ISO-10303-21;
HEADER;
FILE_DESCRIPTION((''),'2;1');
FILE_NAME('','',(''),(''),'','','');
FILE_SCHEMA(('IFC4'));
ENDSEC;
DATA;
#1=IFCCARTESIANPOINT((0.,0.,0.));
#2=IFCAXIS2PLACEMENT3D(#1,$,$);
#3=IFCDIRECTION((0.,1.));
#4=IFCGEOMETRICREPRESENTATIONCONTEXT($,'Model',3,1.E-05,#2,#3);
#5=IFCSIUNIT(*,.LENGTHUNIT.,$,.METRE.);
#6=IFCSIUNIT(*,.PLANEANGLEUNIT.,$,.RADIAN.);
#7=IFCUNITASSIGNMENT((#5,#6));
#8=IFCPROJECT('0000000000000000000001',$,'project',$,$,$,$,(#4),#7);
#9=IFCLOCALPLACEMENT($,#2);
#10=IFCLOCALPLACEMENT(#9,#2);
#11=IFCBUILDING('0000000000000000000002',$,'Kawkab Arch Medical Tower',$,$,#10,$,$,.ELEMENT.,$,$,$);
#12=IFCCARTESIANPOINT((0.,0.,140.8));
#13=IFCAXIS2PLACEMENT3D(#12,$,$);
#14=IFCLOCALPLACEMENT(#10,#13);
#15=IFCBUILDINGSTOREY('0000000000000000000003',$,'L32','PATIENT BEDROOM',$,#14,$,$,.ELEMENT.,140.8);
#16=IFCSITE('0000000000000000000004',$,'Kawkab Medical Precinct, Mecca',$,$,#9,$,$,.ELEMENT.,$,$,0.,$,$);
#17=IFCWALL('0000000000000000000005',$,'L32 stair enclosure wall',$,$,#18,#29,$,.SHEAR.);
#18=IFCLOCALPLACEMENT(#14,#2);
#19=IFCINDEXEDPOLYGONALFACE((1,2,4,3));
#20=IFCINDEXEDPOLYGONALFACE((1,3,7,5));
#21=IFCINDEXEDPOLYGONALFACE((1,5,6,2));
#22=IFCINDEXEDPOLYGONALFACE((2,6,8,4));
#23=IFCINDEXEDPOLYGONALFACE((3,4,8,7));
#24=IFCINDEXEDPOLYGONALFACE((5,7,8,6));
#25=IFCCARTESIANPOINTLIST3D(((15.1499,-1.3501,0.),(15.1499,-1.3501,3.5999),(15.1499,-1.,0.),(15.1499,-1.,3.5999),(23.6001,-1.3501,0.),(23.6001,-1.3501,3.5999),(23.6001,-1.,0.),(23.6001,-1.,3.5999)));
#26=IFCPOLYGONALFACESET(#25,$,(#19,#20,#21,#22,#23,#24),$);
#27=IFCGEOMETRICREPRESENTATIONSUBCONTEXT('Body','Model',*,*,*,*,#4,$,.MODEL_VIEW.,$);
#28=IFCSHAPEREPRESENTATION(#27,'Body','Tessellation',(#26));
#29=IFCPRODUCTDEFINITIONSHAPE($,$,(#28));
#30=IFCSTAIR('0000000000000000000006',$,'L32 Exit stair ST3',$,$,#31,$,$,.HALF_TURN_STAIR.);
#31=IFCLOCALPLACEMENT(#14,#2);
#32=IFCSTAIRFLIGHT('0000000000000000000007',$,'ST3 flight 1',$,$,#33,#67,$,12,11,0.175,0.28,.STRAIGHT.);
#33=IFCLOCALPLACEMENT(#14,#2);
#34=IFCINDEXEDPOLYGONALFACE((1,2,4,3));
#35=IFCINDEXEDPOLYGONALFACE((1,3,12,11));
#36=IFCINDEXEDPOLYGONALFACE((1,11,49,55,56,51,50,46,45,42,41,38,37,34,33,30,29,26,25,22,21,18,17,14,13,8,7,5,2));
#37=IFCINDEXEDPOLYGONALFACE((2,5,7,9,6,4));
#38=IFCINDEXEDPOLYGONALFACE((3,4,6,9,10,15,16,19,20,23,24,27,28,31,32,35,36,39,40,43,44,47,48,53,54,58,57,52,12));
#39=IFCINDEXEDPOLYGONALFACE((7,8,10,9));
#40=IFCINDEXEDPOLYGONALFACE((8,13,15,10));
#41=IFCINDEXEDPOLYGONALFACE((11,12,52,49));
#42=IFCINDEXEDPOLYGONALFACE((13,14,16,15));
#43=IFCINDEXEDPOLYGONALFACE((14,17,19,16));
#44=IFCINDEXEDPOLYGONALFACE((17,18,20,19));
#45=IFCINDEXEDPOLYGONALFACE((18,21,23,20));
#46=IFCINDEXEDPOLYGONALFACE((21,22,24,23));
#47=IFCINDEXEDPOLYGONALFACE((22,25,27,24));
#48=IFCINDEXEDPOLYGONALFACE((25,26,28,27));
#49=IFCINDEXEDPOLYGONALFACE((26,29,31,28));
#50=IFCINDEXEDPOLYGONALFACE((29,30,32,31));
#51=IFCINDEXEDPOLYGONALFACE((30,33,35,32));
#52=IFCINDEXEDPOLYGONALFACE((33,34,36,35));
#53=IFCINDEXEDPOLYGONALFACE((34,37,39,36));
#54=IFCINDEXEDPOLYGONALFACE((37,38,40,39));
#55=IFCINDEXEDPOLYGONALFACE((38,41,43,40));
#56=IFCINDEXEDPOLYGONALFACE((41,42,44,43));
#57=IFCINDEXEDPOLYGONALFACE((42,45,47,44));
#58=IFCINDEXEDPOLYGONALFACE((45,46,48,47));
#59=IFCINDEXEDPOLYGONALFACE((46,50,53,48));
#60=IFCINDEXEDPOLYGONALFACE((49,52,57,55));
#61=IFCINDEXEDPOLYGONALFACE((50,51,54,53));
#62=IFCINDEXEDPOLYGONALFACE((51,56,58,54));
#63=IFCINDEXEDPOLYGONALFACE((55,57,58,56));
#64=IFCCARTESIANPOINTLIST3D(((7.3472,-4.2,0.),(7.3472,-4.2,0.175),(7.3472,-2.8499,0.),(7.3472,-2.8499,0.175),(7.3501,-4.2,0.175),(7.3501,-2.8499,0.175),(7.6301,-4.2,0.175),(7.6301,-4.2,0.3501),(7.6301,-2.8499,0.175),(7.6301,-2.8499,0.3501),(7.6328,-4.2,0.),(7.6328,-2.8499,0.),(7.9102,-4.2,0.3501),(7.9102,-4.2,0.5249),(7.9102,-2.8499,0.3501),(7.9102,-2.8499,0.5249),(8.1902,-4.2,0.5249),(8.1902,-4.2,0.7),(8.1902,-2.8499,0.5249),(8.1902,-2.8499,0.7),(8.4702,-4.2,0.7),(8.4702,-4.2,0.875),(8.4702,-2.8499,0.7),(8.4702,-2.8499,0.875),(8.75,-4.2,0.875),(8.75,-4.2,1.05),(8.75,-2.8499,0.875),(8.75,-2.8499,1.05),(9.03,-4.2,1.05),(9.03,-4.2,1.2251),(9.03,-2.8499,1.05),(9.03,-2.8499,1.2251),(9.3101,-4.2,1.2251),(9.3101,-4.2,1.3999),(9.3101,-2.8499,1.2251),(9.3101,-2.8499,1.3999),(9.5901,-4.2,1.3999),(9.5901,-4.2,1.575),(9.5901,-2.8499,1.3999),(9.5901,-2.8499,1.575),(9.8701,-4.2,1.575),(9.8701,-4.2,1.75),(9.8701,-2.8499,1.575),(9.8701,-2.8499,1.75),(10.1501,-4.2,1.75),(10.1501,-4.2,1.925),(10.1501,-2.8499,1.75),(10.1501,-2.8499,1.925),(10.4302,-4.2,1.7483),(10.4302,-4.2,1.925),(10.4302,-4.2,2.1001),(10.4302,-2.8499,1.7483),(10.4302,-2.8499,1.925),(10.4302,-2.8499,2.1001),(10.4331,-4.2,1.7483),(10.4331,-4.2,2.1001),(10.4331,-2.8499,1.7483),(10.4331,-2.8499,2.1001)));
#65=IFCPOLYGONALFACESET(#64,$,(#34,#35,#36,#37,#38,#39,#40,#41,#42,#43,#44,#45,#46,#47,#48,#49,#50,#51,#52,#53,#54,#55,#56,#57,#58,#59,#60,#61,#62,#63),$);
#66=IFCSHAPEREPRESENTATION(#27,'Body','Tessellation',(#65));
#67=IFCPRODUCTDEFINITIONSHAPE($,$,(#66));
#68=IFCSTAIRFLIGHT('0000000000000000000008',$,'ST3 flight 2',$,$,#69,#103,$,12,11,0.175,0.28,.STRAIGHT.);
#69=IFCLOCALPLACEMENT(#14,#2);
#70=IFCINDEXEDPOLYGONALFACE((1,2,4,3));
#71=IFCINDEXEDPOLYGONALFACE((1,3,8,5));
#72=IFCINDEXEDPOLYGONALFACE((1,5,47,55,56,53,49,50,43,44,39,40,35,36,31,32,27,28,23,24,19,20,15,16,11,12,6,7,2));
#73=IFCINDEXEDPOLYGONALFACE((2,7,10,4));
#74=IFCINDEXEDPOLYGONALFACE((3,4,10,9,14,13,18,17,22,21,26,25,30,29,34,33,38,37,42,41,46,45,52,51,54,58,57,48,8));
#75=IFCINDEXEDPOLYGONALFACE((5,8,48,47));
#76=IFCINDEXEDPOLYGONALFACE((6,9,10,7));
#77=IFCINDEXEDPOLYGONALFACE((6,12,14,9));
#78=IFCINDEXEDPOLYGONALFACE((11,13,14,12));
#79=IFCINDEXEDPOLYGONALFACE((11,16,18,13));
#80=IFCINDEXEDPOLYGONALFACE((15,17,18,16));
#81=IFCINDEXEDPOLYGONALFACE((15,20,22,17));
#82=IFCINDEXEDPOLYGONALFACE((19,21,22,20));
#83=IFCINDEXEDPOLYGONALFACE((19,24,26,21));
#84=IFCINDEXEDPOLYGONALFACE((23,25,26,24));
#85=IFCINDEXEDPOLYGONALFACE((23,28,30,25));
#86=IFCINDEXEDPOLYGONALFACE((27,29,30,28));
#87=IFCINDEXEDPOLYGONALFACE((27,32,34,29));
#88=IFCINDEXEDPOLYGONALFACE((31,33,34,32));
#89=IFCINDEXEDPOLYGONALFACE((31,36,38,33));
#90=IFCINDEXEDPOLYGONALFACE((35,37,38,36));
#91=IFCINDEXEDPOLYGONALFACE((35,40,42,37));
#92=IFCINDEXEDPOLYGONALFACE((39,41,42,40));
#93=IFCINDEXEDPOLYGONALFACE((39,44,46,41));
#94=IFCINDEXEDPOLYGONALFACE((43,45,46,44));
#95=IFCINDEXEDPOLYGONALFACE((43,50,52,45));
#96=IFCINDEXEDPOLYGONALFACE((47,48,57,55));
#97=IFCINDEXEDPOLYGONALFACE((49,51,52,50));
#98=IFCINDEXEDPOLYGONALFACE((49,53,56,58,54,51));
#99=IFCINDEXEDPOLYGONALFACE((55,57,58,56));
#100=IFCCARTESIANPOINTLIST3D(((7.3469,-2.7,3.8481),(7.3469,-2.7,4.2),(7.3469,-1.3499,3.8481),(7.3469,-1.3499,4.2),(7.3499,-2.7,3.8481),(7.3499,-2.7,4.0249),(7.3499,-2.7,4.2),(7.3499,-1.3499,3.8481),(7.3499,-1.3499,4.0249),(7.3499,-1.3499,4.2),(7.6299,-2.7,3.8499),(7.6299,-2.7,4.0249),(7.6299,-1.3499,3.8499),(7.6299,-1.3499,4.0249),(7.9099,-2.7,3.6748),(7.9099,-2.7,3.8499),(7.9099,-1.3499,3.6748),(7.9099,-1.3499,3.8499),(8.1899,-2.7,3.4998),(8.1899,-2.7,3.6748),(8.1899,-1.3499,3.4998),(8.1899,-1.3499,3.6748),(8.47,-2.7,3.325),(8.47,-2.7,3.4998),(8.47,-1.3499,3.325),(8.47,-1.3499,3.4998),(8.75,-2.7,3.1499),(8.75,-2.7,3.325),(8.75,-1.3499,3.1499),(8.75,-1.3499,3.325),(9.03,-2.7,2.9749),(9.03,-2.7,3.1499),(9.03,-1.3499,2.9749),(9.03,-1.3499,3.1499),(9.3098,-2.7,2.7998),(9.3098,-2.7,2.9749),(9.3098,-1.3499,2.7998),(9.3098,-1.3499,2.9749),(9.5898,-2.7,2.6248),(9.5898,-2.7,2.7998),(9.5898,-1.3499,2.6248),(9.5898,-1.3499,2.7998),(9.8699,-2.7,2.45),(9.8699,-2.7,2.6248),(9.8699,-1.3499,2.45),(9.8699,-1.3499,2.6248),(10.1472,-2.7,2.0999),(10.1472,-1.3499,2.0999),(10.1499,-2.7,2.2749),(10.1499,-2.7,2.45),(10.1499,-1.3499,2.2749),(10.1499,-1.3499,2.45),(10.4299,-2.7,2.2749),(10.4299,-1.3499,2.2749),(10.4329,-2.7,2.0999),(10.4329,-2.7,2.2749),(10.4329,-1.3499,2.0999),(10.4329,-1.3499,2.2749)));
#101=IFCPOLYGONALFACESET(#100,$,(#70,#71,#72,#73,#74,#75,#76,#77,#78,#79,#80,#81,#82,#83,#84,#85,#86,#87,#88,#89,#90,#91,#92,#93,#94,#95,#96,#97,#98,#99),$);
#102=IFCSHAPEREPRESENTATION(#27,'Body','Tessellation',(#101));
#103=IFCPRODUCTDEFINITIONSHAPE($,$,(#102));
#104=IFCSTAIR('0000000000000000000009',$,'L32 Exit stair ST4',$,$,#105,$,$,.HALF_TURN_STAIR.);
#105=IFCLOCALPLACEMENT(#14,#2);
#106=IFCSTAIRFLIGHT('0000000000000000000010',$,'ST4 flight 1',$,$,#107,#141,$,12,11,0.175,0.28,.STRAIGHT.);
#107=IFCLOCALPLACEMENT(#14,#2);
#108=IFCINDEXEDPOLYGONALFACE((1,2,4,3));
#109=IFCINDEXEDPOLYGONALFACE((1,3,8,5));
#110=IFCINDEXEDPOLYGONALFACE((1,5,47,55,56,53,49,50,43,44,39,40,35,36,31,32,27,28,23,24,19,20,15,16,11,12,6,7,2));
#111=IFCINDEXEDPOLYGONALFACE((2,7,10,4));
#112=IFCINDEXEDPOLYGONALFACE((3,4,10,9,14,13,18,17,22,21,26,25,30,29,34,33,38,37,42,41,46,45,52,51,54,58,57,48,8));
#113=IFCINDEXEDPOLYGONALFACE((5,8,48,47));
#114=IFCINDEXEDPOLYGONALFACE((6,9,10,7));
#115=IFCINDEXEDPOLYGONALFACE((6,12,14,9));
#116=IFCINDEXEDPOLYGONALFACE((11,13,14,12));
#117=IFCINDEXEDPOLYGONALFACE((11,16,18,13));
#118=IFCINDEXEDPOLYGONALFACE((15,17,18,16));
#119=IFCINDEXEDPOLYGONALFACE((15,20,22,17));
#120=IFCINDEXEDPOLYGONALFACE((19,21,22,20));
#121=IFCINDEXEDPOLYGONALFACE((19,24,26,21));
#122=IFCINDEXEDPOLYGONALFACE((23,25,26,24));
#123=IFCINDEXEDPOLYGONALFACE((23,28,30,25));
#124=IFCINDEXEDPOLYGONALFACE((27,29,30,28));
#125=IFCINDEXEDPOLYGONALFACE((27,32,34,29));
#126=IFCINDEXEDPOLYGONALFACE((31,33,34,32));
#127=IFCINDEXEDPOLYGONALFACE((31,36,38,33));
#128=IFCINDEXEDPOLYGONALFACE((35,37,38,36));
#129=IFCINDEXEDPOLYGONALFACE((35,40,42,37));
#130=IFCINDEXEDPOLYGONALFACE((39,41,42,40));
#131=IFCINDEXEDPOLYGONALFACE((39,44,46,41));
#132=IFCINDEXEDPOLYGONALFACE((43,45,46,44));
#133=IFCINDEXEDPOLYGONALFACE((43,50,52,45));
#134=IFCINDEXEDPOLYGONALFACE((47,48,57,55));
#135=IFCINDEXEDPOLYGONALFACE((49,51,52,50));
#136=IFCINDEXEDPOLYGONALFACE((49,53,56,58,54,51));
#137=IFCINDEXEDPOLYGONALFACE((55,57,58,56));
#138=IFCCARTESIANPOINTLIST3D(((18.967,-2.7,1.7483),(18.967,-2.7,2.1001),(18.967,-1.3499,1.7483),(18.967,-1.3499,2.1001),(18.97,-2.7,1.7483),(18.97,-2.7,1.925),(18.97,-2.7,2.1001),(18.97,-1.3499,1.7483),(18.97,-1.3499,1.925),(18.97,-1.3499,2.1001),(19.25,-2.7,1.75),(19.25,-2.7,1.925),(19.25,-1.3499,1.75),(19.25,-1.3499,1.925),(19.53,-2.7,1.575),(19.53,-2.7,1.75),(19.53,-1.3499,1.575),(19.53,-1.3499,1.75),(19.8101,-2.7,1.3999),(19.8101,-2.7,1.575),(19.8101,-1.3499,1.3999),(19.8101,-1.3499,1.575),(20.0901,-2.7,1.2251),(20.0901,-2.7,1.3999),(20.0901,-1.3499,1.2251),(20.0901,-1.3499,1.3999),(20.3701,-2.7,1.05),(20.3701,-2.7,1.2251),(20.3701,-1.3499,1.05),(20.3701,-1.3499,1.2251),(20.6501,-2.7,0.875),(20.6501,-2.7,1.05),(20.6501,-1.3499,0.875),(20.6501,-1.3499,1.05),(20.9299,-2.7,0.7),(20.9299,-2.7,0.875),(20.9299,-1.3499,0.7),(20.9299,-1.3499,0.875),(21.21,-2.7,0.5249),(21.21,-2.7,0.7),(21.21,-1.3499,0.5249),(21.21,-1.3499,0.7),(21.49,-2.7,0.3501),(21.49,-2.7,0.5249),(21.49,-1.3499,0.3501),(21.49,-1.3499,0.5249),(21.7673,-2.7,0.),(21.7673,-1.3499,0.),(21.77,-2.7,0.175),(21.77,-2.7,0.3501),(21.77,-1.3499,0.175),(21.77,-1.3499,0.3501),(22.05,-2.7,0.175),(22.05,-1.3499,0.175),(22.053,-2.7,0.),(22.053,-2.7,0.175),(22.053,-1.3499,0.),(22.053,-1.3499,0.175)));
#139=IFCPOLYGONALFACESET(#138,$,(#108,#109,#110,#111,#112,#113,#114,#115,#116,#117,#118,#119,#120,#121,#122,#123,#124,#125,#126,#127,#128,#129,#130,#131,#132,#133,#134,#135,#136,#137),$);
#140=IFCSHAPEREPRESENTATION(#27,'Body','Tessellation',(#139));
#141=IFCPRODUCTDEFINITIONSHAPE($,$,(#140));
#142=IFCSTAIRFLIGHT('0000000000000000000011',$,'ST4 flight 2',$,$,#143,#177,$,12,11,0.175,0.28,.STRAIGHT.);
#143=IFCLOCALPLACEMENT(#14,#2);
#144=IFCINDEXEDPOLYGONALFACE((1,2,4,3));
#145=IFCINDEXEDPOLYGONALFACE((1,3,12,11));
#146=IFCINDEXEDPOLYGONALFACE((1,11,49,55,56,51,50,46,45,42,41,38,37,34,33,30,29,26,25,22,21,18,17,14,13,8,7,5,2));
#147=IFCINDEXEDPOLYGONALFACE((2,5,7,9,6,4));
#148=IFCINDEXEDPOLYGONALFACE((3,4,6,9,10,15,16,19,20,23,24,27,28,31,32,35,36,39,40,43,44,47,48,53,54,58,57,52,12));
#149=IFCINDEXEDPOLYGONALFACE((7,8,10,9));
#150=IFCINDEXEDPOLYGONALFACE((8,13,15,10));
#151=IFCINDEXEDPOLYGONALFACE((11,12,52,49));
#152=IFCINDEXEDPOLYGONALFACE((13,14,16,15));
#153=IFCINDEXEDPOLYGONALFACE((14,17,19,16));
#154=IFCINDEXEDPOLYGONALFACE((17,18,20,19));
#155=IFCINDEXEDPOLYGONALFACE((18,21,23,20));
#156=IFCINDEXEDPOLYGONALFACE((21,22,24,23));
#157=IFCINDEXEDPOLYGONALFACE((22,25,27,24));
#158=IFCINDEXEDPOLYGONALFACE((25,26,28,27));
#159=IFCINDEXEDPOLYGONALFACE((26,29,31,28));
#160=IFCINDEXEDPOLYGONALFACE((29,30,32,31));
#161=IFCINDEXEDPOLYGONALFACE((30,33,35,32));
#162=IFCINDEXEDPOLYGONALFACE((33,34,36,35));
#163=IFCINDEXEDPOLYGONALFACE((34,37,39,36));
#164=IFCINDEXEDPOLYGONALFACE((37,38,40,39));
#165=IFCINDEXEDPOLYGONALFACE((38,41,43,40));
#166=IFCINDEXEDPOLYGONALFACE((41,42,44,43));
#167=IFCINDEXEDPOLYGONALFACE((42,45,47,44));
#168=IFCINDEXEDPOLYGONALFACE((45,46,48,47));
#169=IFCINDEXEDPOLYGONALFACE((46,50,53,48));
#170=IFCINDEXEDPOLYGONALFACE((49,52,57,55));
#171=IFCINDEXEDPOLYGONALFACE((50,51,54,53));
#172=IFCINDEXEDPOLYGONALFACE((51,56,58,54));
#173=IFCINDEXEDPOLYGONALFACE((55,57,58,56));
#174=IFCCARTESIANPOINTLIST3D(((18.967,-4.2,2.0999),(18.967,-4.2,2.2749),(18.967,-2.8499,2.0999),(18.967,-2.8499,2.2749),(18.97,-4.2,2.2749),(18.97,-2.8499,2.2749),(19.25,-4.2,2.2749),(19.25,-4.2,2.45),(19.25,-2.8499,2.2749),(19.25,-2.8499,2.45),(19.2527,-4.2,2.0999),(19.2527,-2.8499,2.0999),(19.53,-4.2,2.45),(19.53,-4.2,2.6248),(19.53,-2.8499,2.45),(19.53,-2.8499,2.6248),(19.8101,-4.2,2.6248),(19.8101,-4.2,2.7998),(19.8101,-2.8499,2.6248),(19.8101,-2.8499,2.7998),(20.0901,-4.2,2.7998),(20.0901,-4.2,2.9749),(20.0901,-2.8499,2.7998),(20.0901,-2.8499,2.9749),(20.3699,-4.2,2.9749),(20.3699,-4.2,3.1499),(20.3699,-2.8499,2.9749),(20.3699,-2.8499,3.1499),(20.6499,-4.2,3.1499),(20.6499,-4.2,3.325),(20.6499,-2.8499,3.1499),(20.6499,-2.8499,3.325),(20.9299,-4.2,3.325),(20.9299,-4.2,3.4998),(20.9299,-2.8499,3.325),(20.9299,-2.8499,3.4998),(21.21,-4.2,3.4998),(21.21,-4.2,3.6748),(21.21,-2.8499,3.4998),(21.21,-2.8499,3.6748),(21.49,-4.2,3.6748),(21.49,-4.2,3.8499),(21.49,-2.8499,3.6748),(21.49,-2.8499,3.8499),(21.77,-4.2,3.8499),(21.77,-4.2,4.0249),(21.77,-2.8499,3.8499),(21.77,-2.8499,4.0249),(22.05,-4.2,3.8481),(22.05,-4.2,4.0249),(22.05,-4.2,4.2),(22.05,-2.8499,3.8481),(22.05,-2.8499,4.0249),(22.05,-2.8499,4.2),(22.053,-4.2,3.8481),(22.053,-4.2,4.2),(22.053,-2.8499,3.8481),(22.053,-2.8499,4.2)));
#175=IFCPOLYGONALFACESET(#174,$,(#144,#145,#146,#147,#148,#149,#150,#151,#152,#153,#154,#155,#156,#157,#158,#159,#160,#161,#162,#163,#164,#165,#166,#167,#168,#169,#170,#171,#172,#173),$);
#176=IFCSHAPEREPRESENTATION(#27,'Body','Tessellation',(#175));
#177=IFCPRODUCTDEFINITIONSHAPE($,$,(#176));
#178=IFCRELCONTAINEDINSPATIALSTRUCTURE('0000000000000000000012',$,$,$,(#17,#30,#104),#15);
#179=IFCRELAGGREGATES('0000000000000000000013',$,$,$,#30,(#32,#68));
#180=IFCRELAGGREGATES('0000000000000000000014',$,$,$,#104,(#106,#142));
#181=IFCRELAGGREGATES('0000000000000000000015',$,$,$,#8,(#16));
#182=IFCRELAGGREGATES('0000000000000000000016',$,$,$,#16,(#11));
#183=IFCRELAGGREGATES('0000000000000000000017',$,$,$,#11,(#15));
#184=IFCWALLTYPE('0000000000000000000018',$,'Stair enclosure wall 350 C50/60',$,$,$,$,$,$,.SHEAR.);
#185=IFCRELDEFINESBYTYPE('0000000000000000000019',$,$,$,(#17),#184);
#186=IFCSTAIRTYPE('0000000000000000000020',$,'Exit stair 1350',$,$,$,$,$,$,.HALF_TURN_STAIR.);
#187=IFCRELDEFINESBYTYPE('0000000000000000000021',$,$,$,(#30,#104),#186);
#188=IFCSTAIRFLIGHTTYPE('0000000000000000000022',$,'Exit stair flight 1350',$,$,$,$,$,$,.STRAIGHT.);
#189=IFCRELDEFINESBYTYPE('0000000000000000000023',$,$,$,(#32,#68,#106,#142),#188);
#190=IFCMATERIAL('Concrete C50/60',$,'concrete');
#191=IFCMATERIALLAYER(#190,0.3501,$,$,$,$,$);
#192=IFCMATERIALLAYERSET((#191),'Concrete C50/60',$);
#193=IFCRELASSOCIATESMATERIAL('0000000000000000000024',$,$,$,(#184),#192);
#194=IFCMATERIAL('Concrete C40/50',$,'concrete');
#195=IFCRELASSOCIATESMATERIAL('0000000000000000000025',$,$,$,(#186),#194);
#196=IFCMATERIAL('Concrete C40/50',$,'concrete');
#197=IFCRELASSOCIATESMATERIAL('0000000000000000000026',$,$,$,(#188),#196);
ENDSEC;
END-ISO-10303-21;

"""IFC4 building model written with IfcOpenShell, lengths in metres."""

from ifc_helpers import new_model, si_unit, direction, frame, frame_2d, origin, place, context, subcontext, project, spatial, polyline, rectangle, outline, extrude, material, layer, layer_set, type_object, element, aggregate, save


model = new_model("IFC4")

# Units and contexts
model_context = context("Model", 3, precision=1e-05, world=origin(), true_north=direction((0.0, 1.0)))
body_context = subcontext(model_context, "Body", "Model", "MODEL_VIEW")
ifc_project = project(units=[si_unit("LENGTHUNIT", "METRE"), si_unit("PLANEANGLEUNIT", "RADIAN")], contexts=[model_context])

# Site, building, storey
site_placement = place(None, origin())
site = spatial("IfcSite", under=ifc_project, at=site_placement, Name="Kawkab Medical Precinct, Mecca", CompositionType="ELEMENT", RefElevation=0.0)
building_placement = place(site_placement, origin())
building = spatial("IfcBuilding", under=site, at=building_placement, Name="Kawkab Arch Medical Tower", CompositionType="ELEMENT")
storey_placement = place(building_placement, frame((0.0, 0.0, 140.8)))
storey = spatial("IfcBuildingStorey", under=building, at=storey_placement, Name="L32", Description="PATIENT BEDROOM", CompositionType="ELEMENT", Elevation=140.8)

# Shared definitions
placement = place(storey_placement, origin())

# Wall
ifc_material_1 = material(Name="Concrete C50/60", Category="concrete")
ifc_layer_1 = layer(ifc_material_1, 0.3501)
ifc_layer_set_1 = layer_set([ifc_layer_1], Name="Concrete C50/60")
wall_type_1 = type_object("IfcWallType", Name="Stair enclosure wall 350 C50/60", PredefinedType="SHEAR", material=ifc_layer_set_1)
wall_1_placement = place(storey_placement, frame((15.1499, -1.175, 0.0), z_axis=(0.0, 0.0, 1.0), x_axis=(1.0, 0.0, 0.0)))
element("IfcWall", 1, at=wall_1_placement, inside=storey, type_object=wall_type_1, Name="L32 stair enclosure wall", PredefinedType="SHEAR", context=body_context, shape_type="SweptSolid", body=[
    extrude(rectangle(XDim=8.4502, YDim=0.3501, at=frame_2d((4.2251, 0.0))), origin(), (0.0, 0.0, 1.0), 3.5999),
])

# Stairs, stair flights
ifc_material_2 = material(Name="Concrete C40/50", Category="concrete")
stair_type = type_object("IfcStairType", Name="Exit stair 1350", PredefinedType="HALF_TURN_STAIR", material=ifc_material_2)
stair_1 = element("IfcStair", 2, at=placement, inside=storey, type_object=stair_type, Name="L32 Exit stair ST3", PredefinedType="HALF_TURN_STAIR")
ifc_material_3 = material(Name="Concrete C40/50", Category="concrete")
stair_flight_type = type_object("IfcStairFlightType", Name="Exit stair flight 1350", PredefinedType="STRAIGHT", material=ifc_material_3)
stair_flight_1_placement = place(storey_placement, frame((7.3501, -3.5249, 0.0), z_axis=(0.0, 0.0, 1.0), x_axis=(1.0, 0.0, 0.0)))
stair_flight_1 = element("IfcStairFlight", 3, at=stair_flight_1_placement, type_object=stair_flight_type, Name="ST3 flight 1", NumberOfRisers=12, NumberOfTreads=11, PredefinedType="STRAIGHT", RiserHeight=0.175, TreadLength=0.28, context=body_context, shape_type="SweptSolid", body=[
    extrude(outline(polyline([(-0.0029, 0.0), (-0.0029, 0.175), (0.0, 0.175), (0.28, 0.175), (0.28, 0.3501), (0.5601, 0.3501), (0.5601, 0.5249), (0.8401, 0.5249), (0.8401, 0.7), (1.1201, 0.7), (1.1201, 0.875), (1.3999, 0.875), (1.3999, 1.05), (1.6799, 1.05), (1.6799, 1.2251), (1.96, 1.2251), (1.96, 1.3999), (2.24, 1.3999), (2.24, 1.575), (2.52, 1.575), (2.52, 1.75), (2.8, 1.75), (2.8, 1.925), (3.0801, 1.925), (3.0801, 2.1001), (3.083, 2.1001), (3.083, 1.7483), (3.0801, 1.7483), (0.2827, 0.0), (-0.0029, 0.0)])), frame((0.0, 0.675, 0.0), z_axis=(0.0, -1.0, 0.0), x_axis=(1.0, 0.0, 0.0)), (0.0, 0.0, 1.0), 1.3501),
])
stair_flight_2_placement = place(storey_placement, frame((10.4299, -2.0249, 2.0999), z_axis=(0.0, 0.0, 1.0), x_axis=(-1.0, 0.0, 0.0)))
stair_flight_2 = element("IfcStairFlight", 4, at=stair_flight_2_placement, type_object=stair_flight_type, Name="ST3 flight 2", NumberOfRisers=12, NumberOfTreads=11, PredefinedType="STRAIGHT", RiserHeight=0.175, TreadLength=0.28, context=body_context, shape_type="SweptSolid", body=[
    extrude(outline(polyline([(-0.0029, 0.0), (-0.0029, 0.175), (0.0, 0.175), (0.28, 0.175), (0.28, 0.3501), (0.5601, 0.3501), (0.5601, 0.5249), (0.8401, 0.5249), (0.8401, 0.7), (1.1201, 0.7), (1.1201, 0.875), (1.3999, 0.875), (1.3999, 1.05), (1.6799, 1.05), (1.6799, 1.2251), (1.96, 1.2251), (1.96, 1.3999), (2.24, 1.3999), (2.24, 1.575), (2.52, 1.575), (2.52, 1.75), (2.8, 1.75), (2.8, 1.925), (3.0801, 1.925), (3.0801, 2.1001), (3.083, 2.1001), (3.083, 1.7483), (3.0801, 1.7483), (0.2827, 0.0), (-0.0029, 0.0)])), frame((0.0, 0.675, 0.0), z_axis=(0.0, -1.0, 0.0), x_axis=(1.0, 0.0, 0.0)), (0.0, 0.0, 1.0), 1.3501),
])
aggregate(stair_1, [stair_flight_1, stair_flight_2])
stair_2 = element("IfcStair", 5, at=placement, inside=storey, type_object=stair_type, Name="L32 Exit stair ST4", PredefinedType="HALF_TURN_STAIR")
stair_flight_3_placement = place(storey_placement, frame((22.05, -2.0249, 0.0), z_axis=(0.0, 0.0, 1.0), x_axis=(-1.0, 0.0, 0.0)))
stair_flight_3 = element("IfcStairFlight", 6, at=stair_flight_3_placement, type_object=stair_flight_type, Name="ST4 flight 1", NumberOfRisers=12, NumberOfTreads=11, PredefinedType="STRAIGHT", RiserHeight=0.175, TreadLength=0.28, context=body_context, shape_type="SweptSolid", body=[
    extrude(outline(polyline([(-0.0029, 0.0), (-0.0029, 0.175), (0.0, 0.175), (0.28, 0.175), (0.28, 0.3501), (0.5601, 0.3501), (0.5601, 0.5249), (0.8401, 0.5249), (0.8401, 0.7), (1.1201, 0.7), (1.1201, 0.875), (1.3999, 0.875), (1.3999, 1.05), (1.6799, 1.05), (1.6799, 1.2251), (1.96, 1.2251), (1.96, 1.3999), (2.24, 1.3999), (2.24, 1.575), (2.52, 1.575), (2.52, 1.75), (2.8, 1.75), (2.8, 1.925), (3.0801, 1.925), (3.0801, 2.1001), (3.083, 2.1001), (3.083, 1.7483), (3.0801, 1.7483), (0.2827, 0.0), (-0.0029, 0.0)])), frame((0.0, 0.675, 0.0), z_axis=(0.0, -1.0, 0.0), x_axis=(1.0, 0.0, 0.0)), (0.0, 0.0, 1.0), 1.3501),
])
stair_flight_4_placement = place(storey_placement, frame((18.97, -3.5249, 2.0999), z_axis=(0.0, 0.0, 1.0), x_axis=(1.0, 0.0, 0.0)))
stair_flight_4 = element("IfcStairFlight", 7, at=stair_flight_4_placement, type_object=stair_flight_type, Name="ST4 flight 2", NumberOfRisers=12, NumberOfTreads=11, PredefinedType="STRAIGHT", RiserHeight=0.175, TreadLength=0.28, context=body_context, shape_type="SweptSolid", body=[
    extrude(outline(polyline([(-0.0029, 0.0), (-0.0029, 0.175), (0.0, 0.175), (0.28, 0.175), (0.28, 0.3501), (0.5601, 0.3501), (0.5601, 0.5249), (0.8401, 0.5249), (0.8401, 0.7), (1.1201, 0.7), (1.1201, 0.875), (1.3999, 0.875), (1.3999, 1.05), (1.6799, 1.05), (1.6799, 1.2251), (1.96, 1.2251), (1.96, 1.3999), (2.24, 1.3999), (2.24, 1.575), (2.52, 1.575), (2.52, 1.75), (2.8, 1.75), (2.8, 1.925), (3.0801, 1.925), (3.0801, 2.1001), (3.083, 2.1001), (3.083, 1.7483), (3.0801, 1.7483), (0.2827, 0.0), (-0.0029, 0.0)])), frame((0.0, 0.675, 0.0), z_axis=(0.0, -1.0, 0.0), x_axis=(1.0, 0.0, 0.0)), (0.0, 0.0, 1.0), 1.3501),
])
aggregate(stair_2, [stair_flight_3, stair_flight_4])

save(model, "model.ifc")
